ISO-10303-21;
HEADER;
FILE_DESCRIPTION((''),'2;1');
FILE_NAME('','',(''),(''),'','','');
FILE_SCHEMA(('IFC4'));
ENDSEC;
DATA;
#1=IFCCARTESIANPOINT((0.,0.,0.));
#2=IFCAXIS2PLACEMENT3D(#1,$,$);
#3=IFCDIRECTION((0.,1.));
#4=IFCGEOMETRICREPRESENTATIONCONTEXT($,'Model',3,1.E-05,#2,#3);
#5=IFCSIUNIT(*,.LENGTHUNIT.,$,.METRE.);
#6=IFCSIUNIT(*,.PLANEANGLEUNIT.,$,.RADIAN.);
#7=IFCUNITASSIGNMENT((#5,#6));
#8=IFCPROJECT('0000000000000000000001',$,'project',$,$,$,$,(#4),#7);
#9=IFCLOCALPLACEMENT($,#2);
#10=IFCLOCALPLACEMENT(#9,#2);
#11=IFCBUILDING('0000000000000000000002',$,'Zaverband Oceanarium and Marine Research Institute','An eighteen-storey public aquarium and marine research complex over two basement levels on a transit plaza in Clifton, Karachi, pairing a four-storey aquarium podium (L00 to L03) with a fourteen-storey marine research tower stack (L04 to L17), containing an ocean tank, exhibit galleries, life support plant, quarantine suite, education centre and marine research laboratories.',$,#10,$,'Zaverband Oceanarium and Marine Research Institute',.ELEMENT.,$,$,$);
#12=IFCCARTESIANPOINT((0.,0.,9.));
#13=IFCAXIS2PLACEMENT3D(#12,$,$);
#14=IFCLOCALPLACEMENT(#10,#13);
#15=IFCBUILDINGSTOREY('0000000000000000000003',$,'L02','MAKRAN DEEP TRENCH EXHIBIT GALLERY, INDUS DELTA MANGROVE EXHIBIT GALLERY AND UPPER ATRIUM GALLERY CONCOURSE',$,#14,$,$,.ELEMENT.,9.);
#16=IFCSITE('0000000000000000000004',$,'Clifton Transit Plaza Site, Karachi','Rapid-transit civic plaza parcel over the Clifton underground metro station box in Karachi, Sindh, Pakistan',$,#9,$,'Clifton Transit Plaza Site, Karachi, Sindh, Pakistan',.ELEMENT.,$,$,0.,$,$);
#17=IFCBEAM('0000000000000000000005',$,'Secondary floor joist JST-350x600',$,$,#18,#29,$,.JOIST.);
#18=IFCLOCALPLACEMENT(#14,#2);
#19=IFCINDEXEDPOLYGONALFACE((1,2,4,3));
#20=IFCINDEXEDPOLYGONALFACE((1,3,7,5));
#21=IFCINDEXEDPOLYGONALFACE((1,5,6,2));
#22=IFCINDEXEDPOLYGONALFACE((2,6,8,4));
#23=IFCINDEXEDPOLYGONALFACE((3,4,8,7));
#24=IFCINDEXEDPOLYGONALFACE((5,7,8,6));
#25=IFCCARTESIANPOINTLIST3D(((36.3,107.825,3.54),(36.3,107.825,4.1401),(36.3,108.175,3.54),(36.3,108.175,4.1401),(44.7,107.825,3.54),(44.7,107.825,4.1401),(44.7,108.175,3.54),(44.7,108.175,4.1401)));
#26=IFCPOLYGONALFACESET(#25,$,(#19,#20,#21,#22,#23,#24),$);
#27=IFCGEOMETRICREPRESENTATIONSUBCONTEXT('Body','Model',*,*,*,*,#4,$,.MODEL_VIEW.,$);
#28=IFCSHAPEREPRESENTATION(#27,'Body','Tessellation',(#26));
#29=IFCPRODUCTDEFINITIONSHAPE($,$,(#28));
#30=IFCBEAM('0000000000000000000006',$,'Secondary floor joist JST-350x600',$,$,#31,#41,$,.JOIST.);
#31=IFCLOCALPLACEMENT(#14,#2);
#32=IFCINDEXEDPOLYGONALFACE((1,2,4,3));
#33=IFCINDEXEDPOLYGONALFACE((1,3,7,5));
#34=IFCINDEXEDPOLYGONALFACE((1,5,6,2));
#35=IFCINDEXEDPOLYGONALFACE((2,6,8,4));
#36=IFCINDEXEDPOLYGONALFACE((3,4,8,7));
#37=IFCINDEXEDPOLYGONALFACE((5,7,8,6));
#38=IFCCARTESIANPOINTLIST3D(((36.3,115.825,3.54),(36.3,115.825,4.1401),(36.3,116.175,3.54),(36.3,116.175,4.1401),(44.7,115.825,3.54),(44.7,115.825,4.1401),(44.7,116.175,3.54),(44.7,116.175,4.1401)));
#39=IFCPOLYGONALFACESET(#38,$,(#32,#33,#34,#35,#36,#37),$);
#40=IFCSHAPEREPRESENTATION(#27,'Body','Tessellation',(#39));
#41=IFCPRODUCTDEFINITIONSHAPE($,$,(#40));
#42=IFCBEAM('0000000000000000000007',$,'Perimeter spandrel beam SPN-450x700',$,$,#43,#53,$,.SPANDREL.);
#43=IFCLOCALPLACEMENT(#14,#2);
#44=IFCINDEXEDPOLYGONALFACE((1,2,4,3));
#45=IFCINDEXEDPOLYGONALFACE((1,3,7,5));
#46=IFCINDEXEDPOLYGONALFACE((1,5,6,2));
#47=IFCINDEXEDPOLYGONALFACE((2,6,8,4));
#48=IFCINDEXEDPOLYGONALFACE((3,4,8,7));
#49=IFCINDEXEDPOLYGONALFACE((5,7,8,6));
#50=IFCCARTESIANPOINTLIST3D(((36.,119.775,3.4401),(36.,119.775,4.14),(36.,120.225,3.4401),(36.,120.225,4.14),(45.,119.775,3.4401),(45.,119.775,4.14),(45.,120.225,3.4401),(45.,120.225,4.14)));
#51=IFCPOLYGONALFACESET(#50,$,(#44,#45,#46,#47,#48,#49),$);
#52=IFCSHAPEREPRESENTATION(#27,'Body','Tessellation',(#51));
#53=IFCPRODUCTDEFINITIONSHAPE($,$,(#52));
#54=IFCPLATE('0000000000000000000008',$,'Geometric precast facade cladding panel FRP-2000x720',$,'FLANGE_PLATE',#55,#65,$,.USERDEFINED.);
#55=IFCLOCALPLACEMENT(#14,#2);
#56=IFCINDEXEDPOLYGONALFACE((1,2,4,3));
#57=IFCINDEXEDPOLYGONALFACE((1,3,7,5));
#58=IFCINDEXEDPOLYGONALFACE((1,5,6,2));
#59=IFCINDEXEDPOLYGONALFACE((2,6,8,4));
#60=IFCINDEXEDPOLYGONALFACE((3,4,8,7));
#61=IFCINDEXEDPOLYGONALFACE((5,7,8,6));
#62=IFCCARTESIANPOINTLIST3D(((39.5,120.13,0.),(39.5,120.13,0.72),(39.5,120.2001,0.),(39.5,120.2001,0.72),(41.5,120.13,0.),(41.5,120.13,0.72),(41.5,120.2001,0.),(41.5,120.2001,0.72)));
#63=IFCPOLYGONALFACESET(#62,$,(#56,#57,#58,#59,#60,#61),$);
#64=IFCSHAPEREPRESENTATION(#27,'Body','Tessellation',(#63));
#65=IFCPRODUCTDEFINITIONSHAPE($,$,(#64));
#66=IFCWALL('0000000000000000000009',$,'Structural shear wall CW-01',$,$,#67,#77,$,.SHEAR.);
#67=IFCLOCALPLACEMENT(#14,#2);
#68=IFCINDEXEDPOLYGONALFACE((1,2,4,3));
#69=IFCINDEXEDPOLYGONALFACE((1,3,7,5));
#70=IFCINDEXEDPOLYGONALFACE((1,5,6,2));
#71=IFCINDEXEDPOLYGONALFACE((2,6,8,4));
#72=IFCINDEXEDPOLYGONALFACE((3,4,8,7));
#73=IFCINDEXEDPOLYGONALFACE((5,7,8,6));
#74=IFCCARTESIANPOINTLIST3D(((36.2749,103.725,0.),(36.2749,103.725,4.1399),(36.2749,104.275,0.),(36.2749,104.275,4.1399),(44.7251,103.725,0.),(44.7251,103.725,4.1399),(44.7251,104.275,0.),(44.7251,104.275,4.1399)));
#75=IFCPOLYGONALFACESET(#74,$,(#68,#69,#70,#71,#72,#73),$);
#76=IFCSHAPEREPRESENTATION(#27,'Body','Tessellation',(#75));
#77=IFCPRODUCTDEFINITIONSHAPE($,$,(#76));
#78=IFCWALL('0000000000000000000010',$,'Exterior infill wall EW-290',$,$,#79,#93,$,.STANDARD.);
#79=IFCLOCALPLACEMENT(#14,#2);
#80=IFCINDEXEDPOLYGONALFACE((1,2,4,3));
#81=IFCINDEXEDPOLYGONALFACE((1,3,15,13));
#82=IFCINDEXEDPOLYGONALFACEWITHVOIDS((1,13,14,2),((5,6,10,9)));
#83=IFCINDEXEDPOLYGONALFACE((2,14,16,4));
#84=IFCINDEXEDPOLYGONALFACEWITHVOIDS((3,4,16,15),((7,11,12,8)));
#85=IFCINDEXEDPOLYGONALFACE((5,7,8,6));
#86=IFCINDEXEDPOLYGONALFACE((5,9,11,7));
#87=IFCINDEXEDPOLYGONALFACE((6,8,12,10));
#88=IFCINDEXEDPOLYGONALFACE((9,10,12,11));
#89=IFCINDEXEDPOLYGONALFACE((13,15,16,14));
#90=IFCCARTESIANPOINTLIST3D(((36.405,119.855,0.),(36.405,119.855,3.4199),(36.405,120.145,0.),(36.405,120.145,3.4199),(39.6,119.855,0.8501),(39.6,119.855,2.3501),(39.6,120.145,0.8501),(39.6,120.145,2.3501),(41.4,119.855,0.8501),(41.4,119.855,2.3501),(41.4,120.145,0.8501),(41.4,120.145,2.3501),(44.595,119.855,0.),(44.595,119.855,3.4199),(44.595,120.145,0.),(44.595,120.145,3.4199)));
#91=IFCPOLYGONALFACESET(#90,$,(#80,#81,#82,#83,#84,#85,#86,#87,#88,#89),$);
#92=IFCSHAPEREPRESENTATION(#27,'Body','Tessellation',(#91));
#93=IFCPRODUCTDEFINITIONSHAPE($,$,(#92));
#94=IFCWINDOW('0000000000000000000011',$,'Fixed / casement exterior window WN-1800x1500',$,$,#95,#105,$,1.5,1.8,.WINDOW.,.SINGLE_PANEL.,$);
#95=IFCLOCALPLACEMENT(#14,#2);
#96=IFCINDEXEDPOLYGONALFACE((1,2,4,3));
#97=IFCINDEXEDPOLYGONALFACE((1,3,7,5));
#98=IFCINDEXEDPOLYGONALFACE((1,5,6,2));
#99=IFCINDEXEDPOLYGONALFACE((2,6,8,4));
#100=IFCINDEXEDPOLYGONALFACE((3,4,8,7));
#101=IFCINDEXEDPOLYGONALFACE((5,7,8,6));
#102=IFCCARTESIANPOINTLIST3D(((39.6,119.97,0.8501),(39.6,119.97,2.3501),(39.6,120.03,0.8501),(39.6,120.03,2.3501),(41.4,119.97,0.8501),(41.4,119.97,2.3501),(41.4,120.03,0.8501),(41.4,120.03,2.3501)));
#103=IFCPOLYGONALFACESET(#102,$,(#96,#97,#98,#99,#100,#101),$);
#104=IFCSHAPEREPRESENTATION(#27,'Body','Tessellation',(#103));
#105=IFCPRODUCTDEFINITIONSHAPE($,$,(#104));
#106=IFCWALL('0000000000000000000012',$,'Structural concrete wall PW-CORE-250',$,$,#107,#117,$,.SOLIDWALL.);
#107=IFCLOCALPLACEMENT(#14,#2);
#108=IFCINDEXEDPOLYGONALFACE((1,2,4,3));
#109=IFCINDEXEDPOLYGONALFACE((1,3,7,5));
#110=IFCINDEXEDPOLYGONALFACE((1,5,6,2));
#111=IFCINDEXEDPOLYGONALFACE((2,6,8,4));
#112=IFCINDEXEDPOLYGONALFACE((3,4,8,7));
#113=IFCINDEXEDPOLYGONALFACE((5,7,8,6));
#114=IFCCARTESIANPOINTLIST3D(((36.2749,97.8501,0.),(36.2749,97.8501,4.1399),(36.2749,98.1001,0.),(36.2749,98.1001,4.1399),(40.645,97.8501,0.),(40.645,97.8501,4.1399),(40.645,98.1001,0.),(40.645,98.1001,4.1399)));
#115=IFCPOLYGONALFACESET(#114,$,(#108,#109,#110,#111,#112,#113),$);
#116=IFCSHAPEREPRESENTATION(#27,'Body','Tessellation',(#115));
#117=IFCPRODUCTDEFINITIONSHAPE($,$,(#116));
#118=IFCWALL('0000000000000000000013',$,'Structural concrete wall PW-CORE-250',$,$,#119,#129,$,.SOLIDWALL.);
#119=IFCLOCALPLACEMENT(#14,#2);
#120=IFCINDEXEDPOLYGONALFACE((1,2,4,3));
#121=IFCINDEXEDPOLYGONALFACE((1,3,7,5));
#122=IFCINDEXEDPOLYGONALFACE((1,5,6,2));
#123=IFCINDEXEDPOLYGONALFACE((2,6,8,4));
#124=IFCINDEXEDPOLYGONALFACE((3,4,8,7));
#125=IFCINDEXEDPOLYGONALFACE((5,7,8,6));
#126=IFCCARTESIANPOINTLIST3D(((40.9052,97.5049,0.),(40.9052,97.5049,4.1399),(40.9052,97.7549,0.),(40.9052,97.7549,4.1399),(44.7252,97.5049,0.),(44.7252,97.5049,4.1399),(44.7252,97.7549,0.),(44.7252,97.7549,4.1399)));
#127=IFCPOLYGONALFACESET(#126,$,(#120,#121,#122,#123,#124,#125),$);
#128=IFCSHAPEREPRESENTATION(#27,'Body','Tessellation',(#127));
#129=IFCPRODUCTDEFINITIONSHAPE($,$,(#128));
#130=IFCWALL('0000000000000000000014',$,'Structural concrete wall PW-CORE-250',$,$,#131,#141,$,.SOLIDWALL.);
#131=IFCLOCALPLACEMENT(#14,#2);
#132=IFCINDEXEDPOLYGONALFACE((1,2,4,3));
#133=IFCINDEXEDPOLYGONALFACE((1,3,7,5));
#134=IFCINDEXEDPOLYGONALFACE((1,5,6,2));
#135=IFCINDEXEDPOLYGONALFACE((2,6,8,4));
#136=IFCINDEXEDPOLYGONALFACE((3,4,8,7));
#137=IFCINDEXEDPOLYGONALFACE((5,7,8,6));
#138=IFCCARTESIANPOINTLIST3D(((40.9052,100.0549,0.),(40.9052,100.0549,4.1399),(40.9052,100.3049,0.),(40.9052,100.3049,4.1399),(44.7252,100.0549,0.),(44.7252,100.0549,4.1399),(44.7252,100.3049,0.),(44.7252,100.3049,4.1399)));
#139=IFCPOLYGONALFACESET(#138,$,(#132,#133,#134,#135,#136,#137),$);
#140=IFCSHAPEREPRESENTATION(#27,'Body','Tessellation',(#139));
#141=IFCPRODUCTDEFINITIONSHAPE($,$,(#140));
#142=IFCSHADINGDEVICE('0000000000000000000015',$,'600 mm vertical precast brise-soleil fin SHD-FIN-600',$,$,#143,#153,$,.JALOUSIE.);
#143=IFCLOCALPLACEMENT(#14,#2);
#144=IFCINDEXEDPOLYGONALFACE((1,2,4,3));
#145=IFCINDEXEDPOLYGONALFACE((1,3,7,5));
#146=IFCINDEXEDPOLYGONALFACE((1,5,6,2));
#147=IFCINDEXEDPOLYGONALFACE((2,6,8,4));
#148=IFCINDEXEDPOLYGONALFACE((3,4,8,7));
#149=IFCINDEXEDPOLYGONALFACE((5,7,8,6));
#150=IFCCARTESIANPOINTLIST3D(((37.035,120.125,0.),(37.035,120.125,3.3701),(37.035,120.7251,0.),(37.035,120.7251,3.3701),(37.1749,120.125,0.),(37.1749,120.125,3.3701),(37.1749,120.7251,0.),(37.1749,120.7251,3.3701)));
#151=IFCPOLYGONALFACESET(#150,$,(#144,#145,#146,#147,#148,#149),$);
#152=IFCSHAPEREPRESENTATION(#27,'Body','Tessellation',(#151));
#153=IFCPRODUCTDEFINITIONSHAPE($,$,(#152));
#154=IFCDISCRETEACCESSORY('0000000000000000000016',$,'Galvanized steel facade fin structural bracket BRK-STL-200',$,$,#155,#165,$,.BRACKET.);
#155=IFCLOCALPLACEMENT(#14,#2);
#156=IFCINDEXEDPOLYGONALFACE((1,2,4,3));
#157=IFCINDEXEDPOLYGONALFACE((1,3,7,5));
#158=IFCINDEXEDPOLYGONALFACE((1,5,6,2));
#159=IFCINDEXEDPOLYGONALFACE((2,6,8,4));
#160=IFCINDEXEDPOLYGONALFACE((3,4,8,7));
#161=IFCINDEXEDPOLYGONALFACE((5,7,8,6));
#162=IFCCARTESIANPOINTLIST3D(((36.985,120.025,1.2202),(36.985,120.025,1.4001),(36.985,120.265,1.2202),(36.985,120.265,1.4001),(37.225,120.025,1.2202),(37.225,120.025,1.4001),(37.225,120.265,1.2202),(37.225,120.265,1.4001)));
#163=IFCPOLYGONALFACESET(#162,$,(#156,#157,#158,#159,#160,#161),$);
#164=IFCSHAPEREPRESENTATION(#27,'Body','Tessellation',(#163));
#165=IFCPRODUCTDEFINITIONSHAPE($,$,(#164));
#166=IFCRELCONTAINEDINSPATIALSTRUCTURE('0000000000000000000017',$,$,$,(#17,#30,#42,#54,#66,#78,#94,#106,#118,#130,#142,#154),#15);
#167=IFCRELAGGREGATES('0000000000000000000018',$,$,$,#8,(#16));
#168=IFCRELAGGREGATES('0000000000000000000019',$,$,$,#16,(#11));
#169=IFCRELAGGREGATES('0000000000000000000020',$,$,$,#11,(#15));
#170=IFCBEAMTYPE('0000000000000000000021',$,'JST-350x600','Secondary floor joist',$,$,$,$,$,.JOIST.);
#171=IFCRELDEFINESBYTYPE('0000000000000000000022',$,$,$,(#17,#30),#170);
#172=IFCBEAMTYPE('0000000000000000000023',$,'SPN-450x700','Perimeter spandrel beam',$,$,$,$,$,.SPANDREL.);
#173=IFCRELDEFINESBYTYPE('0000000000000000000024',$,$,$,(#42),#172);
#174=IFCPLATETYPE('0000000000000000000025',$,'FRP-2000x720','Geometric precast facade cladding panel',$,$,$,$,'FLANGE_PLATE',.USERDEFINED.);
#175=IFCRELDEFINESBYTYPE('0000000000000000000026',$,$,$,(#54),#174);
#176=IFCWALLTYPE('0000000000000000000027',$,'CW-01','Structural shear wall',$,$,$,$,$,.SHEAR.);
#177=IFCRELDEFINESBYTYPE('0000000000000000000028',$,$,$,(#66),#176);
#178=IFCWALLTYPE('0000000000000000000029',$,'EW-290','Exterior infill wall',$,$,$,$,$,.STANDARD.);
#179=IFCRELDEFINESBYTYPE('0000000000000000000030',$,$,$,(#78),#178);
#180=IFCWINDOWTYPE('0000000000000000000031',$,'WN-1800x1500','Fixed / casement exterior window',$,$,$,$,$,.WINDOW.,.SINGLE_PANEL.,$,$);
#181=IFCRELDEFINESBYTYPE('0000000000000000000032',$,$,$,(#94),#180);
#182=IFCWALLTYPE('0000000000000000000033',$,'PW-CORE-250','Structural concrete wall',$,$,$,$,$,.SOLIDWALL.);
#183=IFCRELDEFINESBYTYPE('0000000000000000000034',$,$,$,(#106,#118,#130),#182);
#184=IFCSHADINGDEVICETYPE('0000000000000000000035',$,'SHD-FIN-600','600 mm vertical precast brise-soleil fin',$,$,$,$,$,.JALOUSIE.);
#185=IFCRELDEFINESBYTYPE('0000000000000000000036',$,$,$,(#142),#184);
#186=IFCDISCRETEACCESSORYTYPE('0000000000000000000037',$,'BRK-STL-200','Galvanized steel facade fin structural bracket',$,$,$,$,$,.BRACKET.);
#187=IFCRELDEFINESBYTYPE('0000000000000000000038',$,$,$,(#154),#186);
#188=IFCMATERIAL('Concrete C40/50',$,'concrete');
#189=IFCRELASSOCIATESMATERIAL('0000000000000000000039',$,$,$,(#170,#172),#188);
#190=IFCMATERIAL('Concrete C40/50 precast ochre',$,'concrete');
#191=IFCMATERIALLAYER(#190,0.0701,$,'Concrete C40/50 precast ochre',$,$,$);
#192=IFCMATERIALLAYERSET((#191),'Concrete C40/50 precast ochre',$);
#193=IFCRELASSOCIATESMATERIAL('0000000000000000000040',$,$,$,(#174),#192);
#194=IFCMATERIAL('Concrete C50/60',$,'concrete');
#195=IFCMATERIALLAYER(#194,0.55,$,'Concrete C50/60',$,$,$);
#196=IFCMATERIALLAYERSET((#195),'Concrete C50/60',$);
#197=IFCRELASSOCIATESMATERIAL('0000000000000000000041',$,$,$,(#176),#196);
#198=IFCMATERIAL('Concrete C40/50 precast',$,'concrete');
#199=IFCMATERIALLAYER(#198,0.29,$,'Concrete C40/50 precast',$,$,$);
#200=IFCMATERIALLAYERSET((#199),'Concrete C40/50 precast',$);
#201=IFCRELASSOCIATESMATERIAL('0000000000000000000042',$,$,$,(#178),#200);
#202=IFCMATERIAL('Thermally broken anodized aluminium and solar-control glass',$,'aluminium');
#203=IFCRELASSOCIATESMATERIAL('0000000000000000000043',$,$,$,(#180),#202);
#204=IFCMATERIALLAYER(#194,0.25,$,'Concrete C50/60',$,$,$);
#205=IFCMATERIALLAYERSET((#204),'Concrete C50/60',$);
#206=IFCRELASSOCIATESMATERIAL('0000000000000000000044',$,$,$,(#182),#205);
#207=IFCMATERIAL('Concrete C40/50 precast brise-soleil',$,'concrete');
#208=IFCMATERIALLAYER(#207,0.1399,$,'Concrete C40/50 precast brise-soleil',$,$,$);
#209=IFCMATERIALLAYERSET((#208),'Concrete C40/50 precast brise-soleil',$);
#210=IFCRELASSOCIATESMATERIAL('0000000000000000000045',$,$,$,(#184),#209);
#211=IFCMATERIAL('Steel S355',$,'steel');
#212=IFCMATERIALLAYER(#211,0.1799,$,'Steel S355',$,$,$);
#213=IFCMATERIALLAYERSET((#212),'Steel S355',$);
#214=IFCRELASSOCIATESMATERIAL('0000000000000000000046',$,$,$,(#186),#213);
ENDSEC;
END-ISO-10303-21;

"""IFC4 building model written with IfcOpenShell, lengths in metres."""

from ifc_helpers import new_model, si_unit, direction, frame, frame_2d, origin, origin_2d, place, context, subcontext, project, spatial, rectangle, extrude, material, layer, layer_set, material_profile, profile_set, type_object, element, fill, save


model = new_model("IFC4")

# Units and contexts
model_context = context("Model", 3, precision=1e-05, world=origin(), true_north=direction((0.0, 1.0)))
body_context = subcontext(model_context, "Body", "Model", "MODEL_VIEW")
ifc_project = project(units=[si_unit("LENGTHUNIT", "METRE"), si_unit("PLANEANGLEUNIT", "RADIAN")], contexts=[model_context])

# Site, building, storey
site_placement = place(None, origin())
site = spatial("IfcSite", under=ifc_project, at=site_placement, Name="Clifton Transit Plaza Site, Karachi", Description="Rapid-transit civic plaza parcel over the Clifton underground metro station box in Karachi, Sindh, Pakistan", LongName="Clifton Transit Plaza Site, Karachi, Sindh, Pakistan", CompositionType="ELEMENT", RefElevation=0.0)
building_placement = place(site_placement, origin())
building = spatial("IfcBuilding", under=site, at=building_placement, Name="Zaverband Oceanarium and Marine Research Institute", Description="An eighteen-storey public aquarium and marine research complex over two basement levels on a transit plaza in Clifton, Karachi, pairing a four-storey aquarium podium (L00 to L03) with a fourteen-storey marine research tower stack (L04 to L17), containing an ocean tank, exhibit galleries, life support plant, quarantine suite, education centre and marine research laboratories.", LongName="Zaverband Oceanarium and Marine Research Institute", CompositionType="ELEMENT")
storey_placement = place(building_placement, frame((0.0, 0.0, 9.0)))
storey = spatial("IfcBuildingStorey", under=building, at=storey_placement, Name="L02", Description="MAKRAN DEEP TRENCH EXHIBIT GALLERY, INDUS DELTA MANGROVE EXHIBIT GALLERY AND UPPER ATRIUM GALLERY CONCOURSE", CompositionType="ELEMENT", Elevation=9.0)

# Shared definitions
ifc_material_1 = material(Name="Concrete C50/60", Category="concrete")

# Beams
ifc_material_2 = material(Name="Concrete C40/50", Category="concrete")
ifc_material_profile_1 = material_profile(ifc_material_2, rectangle(XDim=0.3501, YDim=0.6001, at=origin_2d()), Name="RC350x600")
ifc_profile_set_1 = profile_set([ifc_material_profile_1], Name="Concrete C40/50")
beam_type_1 = type_object("IfcBeamType", Name="JST-350x600", Description="Secondary floor joist", PredefinedType="JOIST", material=ifc_profile_set_1)
for number, where, z_axis, x_axis, name in (
    (1, (36.3, 108.0, 3.8401), (1.0, 0.0, 0.0), (0.0, 1.0, 0.0), "Secondary floor joist JST-350x600"),
    (2, (36.3, 116.0, 3.8401), (1.0, 0.0, 0.0), (0.0, 1.0, 0.0), "Secondary floor joist JST-350x600"),
):
    element("IfcBeam", number, at=place(storey_placement, frame(where, z_axis=z_axis, x_axis=x_axis)), inside=storey, type_object=beam_type_1, Name=name, PredefinedType="JOIST", context=body_context, shape_type="SweptSolid", body=[
        extrude(rectangle(XDim=0.3501, YDim=0.6001, at=origin_2d()), origin(), (0.0, 0.0, 1.0), 8.3999),
    ])
ifc_material_profile_2 = material_profile(ifc_material_2, rectangle(XDim=0.45, YDim=0.7, at=origin_2d()), Name="RC450x700")
ifc_profile_set_2 = profile_set([ifc_material_profile_2], Name="Concrete C40/50")
beam_type_2 = type_object("IfcBeamType", Name="SPN-450x700", Description="Perimeter spandrel beam", PredefinedType="SPANDREL", material=ifc_profile_set_2)
beam_placement = place(storey_placement, frame((36.0, 120.0, 3.79), z_axis=(1.0, 0.0, 0.0), x_axis=(0.0, 1.0, 0.0)))
element("IfcBeam", 3, at=beam_placement, inside=storey, type_object=beam_type_2, Name="Perimeter spandrel beam SPN-450x700", PredefinedType="SPANDREL", context=body_context, shape_type="SweptSolid", body=[
    extrude(rectangle(XDim=0.45, YDim=0.7, at=origin_2d()), origin(), (0.0, 0.0, 1.0), 9.0),
])

# Plate
ifc_material_3 = material(Name="Concrete C40/50 precast ochre", Category="concrete")
ifc_layer_1 = layer(ifc_material_3, 0.0701, Name="Concrete C40/50 precast ochre")
ifc_layer_set_1 = layer_set([ifc_layer_1], Name="Concrete C40/50 precast ochre")
plate_type = type_object("IfcPlateType", Name="FRP-2000x720", Description="Geometric precast facade cladding panel", ElementType="FLANGE_PLATE", PredefinedType="USERDEFINED", material=ifc_layer_set_1)
plate_placement = place(storey_placement, frame((39.5, 120.165, 0.0), z_axis=(0.0, 0.0, 1.0), x_axis=(1.0, 0.0, 0.0)))
element("IfcPlate", 4, at=plate_placement, inside=storey, type_object=plate_type, Name="Geometric precast facade cladding panel FRP-2000x720", ObjectType="FLANGE_PLATE", PredefinedType="USERDEFINED", context=body_context, shape_type="SweptSolid", body=[
    extrude(rectangle(XDim=2.0, YDim=0.0701, at=frame_2d((1.0, 0.0))), origin(), (0.0, 0.0, 1.0), 0.72),
])

# Wall
ifc_layer_2 = layer(ifc_material_1, 0.55, Name="Concrete C50/60")
ifc_layer_set_2 = layer_set([ifc_layer_2], Name="Concrete C50/60")
wall_type_1 = type_object("IfcWallType", Name="CW-01", Description="Structural shear wall", PredefinedType="SHEAR", material=ifc_layer_set_2)
wall_1_placement = place(storey_placement, frame((36.2749, 104.0, 0.0), z_axis=(0.0, 0.0, 1.0), x_axis=(1.0, 0.0, 0.0)))
element("IfcWall", 5, at=wall_1_placement, inside=storey, type_object=wall_type_1, Name="Structural shear wall CW-01", PredefinedType="SHEAR", context=body_context, shape_type="SweptSolid", body=[
    extrude(rectangle(XDim=8.4502, YDim=0.55, at=frame_2d((4.2251, 0.0))), origin(), (0.0, 0.0, 1.0), 4.1399),
])

# Wall, opening, window
ifc_material_4 = material(Name="Concrete C40/50 precast", Category="concrete")
ifc_layer_3 = layer(ifc_material_4, 0.29, Name="Concrete C40/50 precast")
ifc_layer_set_3 = layer_set([ifc_layer_3], Name="Concrete C40/50 precast")
wall_type_2 = type_object("IfcWallType", Name="EW-290", Description="Exterior infill wall", PredefinedType="STANDARD", material=ifc_layer_set_3)
wall_2_placement = place(storey_placement, frame((36.405, 120.0, 0.0), z_axis=(0.0, 0.0, 1.0), x_axis=(1.0, 0.0, 0.0)))
wall_2 = element("IfcWall", 6, at=wall_2_placement, inside=storey, type_object=wall_type_2, Name="Exterior infill wall EW-290", PredefinedType="STANDARD", context=body_context, shape_type="SweptSolid", body=[
    extrude(rectangle(XDim=8.1899, YDim=0.29, at=frame_2d((4.095, 0.0))), origin(), (0.0, 0.0, 1.0), 3.4199),
])
opening_placement = place(wall_2_placement, frame((3.1951, 0.0, 0.8501)))
opening = element("IfcOpeningElement", 7, at=opening_placement, cuts=wall_2, PredefinedType="OPENING", context=body_context, shape_type="SweptSolid", body=[
    extrude(rectangle(XDim=1.8, YDim=1.5, at=frame_2d((0.8999, 0.75))), frame((0.0, 0.157, 0.0), z_axis=(0.0, -1.0, 0.0), x_axis=(1.0, 0.0, 0.0)), (0.0, 0.0, 1.0), 0.314),
])
ifc_material_5 = material(Name="Thermally broken anodized aluminium and solar-control glass", Category="aluminium")
window_type = type_object("IfcWindowType", Name="WN-1800x1500", Description="Fixed / casement exterior window", PartitioningType="SINGLE_PANEL", PredefinedType="WINDOW", material=ifc_material_5)
window_placement = place(opening_placement, origin())
window = element("IfcWindow", 8, at=window_placement, inside=storey, type_object=window_type, Name="Fixed / casement exterior window WN-1800x1500", OverallHeight=1.5, OverallWidth=1.8, PartitioningType="SINGLE_PANEL", PredefinedType="WINDOW", context=body_context, shape_type="SweptSolid", body=[
    extrude(rectangle(XDim=1.8, YDim=1.5, at=frame_2d((0.8999, 0.75))), frame((0.0, 0.03, 0.0), z_axis=(0.0, -1.0, 0.0), x_axis=(1.0, 0.0, 0.0)), (0.0, 0.0, 1.0), 0.0601),
])
fill(opening, window)

# Walls
ifc_layer_4 = layer(ifc_material_1, 0.25, Name="Concrete C50/60")
ifc_layer_set_4 = layer_set([ifc_layer_4], Name="Concrete C50/60")
wall_type_3 = type_object("IfcWallType", Name="PW-CORE-250", Description="Structural concrete wall", PredefinedType="SOLIDWALL", material=ifc_layer_set_4)
wall_3_placement = place(storey_placement, frame((36.2749, 97.9751, 0.0), z_axis=(0.0, 0.0, 1.0), x_axis=(1.0, 0.0, 0.0)))
element("IfcWall", 9, at=wall_3_placement, inside=storey, type_object=wall_type_3, Name="Structural concrete wall PW-CORE-250", PredefinedType="SOLIDWALL", context=body_context, shape_type="SweptSolid", body=[
    extrude(rectangle(XDim=4.3701, YDim=0.25, at=frame_2d((2.1851, 0.0))), origin(), (0.0, 0.0, 1.0), 4.1399),
])
for number, where, z_axis, x_axis, name in (
    (10, (40.905, 97.6299, 0.0), (0.0, 0.0, 1.0), (1.0, 0.0, 0.0), "Structural concrete wall PW-CORE-250"),
    (11, (40.905, 100.1799, 0.0), (0.0, 0.0, 1.0), (1.0, 0.0, 0.0), "Structural concrete wall PW-CORE-250"),
):
    element("IfcWall", number, at=place(storey_placement, frame(where, z_axis=z_axis, x_axis=x_axis)), inside=storey, type_object=wall_type_3, Name=name, PredefinedType="SOLIDWALL", context=body_context, shape_type="SweptSolid", body=[
        extrude(rectangle(XDim=3.8201, YDim=0.25, at=frame_2d((1.9102, 0.0))), origin(), (0.0, 0.0, 1.0), 4.1399),
    ])

# Shading device
ifc_material_6 = material(Name="Concrete C40/50 precast brise-soleil", Category="concrete")
ifc_layer_5 = layer(ifc_material_6, 0.1399, Name="Concrete C40/50 precast brise-soleil")
ifc_layer_set_5 = layer_set([ifc_layer_5], Name="Concrete C40/50 precast brise-soleil")
shading_device_type = type_object("IfcShadingDeviceType", Name="SHD-FIN-600", Description="600 mm vertical precast brise-soleil fin", PredefinedType="JALOUSIE", material=ifc_layer_set_5)
shading_device_placement = place(storey_placement, frame((37.105, 120.125, 0.0), z_axis=(0.0, 0.0, 1.0), x_axis=(0.0, 1.0, 0.0)))
element("IfcShadingDevice", 12, at=shading_device_placement, inside=storey, type_object=shading_device_type, Name="600 mm vertical precast brise-soleil fin SHD-FIN-600", PredefinedType="JALOUSIE", context=body_context, shape_type="SweptSolid", body=[
    extrude(rectangle(XDim=0.6001, YDim=0.1399, at=frame_2d((0.3, 0.0))), origin(), (0.0, 0.0, 1.0), 3.3701),
])

# Discrete accessory
ifc_material_7 = material(Name="Steel S355", Category="steel")
ifc_layer_6 = layer(ifc_material_7, 0.1799, Name="Steel S355")
ifc_layer_set_6 = layer_set([ifc_layer_6], Name="Steel S355")
discrete_accessory_type = type_object("IfcDiscreteAccessoryType", Name="BRK-STL-200", Description="Galvanized steel facade fin structural bracket", PredefinedType="BRACKET", material=ifc_layer_set_6)
discrete_accessory_placement = place(storey_placement, frame((37.105, 120.145, 1.2202), z_axis=(0.0, 0.0, 1.0), x_axis=(1.0, 0.0, 0.0)))
element("IfcDiscreteAccessory", 13, at=discrete_accessory_placement, inside=storey, type_object=discrete_accessory_type, Name="Galvanized steel facade fin structural bracket BRK-STL-200", PredefinedType="BRACKET", context=body_context, shape_type="SweptSolid", body=[
    extrude(rectangle(XDim=0.24, YDim=0.24, at=origin_2d()), origin(), (0.0, 0.0, 1.0), 0.1799),
])

save(model, "model.ifc")
